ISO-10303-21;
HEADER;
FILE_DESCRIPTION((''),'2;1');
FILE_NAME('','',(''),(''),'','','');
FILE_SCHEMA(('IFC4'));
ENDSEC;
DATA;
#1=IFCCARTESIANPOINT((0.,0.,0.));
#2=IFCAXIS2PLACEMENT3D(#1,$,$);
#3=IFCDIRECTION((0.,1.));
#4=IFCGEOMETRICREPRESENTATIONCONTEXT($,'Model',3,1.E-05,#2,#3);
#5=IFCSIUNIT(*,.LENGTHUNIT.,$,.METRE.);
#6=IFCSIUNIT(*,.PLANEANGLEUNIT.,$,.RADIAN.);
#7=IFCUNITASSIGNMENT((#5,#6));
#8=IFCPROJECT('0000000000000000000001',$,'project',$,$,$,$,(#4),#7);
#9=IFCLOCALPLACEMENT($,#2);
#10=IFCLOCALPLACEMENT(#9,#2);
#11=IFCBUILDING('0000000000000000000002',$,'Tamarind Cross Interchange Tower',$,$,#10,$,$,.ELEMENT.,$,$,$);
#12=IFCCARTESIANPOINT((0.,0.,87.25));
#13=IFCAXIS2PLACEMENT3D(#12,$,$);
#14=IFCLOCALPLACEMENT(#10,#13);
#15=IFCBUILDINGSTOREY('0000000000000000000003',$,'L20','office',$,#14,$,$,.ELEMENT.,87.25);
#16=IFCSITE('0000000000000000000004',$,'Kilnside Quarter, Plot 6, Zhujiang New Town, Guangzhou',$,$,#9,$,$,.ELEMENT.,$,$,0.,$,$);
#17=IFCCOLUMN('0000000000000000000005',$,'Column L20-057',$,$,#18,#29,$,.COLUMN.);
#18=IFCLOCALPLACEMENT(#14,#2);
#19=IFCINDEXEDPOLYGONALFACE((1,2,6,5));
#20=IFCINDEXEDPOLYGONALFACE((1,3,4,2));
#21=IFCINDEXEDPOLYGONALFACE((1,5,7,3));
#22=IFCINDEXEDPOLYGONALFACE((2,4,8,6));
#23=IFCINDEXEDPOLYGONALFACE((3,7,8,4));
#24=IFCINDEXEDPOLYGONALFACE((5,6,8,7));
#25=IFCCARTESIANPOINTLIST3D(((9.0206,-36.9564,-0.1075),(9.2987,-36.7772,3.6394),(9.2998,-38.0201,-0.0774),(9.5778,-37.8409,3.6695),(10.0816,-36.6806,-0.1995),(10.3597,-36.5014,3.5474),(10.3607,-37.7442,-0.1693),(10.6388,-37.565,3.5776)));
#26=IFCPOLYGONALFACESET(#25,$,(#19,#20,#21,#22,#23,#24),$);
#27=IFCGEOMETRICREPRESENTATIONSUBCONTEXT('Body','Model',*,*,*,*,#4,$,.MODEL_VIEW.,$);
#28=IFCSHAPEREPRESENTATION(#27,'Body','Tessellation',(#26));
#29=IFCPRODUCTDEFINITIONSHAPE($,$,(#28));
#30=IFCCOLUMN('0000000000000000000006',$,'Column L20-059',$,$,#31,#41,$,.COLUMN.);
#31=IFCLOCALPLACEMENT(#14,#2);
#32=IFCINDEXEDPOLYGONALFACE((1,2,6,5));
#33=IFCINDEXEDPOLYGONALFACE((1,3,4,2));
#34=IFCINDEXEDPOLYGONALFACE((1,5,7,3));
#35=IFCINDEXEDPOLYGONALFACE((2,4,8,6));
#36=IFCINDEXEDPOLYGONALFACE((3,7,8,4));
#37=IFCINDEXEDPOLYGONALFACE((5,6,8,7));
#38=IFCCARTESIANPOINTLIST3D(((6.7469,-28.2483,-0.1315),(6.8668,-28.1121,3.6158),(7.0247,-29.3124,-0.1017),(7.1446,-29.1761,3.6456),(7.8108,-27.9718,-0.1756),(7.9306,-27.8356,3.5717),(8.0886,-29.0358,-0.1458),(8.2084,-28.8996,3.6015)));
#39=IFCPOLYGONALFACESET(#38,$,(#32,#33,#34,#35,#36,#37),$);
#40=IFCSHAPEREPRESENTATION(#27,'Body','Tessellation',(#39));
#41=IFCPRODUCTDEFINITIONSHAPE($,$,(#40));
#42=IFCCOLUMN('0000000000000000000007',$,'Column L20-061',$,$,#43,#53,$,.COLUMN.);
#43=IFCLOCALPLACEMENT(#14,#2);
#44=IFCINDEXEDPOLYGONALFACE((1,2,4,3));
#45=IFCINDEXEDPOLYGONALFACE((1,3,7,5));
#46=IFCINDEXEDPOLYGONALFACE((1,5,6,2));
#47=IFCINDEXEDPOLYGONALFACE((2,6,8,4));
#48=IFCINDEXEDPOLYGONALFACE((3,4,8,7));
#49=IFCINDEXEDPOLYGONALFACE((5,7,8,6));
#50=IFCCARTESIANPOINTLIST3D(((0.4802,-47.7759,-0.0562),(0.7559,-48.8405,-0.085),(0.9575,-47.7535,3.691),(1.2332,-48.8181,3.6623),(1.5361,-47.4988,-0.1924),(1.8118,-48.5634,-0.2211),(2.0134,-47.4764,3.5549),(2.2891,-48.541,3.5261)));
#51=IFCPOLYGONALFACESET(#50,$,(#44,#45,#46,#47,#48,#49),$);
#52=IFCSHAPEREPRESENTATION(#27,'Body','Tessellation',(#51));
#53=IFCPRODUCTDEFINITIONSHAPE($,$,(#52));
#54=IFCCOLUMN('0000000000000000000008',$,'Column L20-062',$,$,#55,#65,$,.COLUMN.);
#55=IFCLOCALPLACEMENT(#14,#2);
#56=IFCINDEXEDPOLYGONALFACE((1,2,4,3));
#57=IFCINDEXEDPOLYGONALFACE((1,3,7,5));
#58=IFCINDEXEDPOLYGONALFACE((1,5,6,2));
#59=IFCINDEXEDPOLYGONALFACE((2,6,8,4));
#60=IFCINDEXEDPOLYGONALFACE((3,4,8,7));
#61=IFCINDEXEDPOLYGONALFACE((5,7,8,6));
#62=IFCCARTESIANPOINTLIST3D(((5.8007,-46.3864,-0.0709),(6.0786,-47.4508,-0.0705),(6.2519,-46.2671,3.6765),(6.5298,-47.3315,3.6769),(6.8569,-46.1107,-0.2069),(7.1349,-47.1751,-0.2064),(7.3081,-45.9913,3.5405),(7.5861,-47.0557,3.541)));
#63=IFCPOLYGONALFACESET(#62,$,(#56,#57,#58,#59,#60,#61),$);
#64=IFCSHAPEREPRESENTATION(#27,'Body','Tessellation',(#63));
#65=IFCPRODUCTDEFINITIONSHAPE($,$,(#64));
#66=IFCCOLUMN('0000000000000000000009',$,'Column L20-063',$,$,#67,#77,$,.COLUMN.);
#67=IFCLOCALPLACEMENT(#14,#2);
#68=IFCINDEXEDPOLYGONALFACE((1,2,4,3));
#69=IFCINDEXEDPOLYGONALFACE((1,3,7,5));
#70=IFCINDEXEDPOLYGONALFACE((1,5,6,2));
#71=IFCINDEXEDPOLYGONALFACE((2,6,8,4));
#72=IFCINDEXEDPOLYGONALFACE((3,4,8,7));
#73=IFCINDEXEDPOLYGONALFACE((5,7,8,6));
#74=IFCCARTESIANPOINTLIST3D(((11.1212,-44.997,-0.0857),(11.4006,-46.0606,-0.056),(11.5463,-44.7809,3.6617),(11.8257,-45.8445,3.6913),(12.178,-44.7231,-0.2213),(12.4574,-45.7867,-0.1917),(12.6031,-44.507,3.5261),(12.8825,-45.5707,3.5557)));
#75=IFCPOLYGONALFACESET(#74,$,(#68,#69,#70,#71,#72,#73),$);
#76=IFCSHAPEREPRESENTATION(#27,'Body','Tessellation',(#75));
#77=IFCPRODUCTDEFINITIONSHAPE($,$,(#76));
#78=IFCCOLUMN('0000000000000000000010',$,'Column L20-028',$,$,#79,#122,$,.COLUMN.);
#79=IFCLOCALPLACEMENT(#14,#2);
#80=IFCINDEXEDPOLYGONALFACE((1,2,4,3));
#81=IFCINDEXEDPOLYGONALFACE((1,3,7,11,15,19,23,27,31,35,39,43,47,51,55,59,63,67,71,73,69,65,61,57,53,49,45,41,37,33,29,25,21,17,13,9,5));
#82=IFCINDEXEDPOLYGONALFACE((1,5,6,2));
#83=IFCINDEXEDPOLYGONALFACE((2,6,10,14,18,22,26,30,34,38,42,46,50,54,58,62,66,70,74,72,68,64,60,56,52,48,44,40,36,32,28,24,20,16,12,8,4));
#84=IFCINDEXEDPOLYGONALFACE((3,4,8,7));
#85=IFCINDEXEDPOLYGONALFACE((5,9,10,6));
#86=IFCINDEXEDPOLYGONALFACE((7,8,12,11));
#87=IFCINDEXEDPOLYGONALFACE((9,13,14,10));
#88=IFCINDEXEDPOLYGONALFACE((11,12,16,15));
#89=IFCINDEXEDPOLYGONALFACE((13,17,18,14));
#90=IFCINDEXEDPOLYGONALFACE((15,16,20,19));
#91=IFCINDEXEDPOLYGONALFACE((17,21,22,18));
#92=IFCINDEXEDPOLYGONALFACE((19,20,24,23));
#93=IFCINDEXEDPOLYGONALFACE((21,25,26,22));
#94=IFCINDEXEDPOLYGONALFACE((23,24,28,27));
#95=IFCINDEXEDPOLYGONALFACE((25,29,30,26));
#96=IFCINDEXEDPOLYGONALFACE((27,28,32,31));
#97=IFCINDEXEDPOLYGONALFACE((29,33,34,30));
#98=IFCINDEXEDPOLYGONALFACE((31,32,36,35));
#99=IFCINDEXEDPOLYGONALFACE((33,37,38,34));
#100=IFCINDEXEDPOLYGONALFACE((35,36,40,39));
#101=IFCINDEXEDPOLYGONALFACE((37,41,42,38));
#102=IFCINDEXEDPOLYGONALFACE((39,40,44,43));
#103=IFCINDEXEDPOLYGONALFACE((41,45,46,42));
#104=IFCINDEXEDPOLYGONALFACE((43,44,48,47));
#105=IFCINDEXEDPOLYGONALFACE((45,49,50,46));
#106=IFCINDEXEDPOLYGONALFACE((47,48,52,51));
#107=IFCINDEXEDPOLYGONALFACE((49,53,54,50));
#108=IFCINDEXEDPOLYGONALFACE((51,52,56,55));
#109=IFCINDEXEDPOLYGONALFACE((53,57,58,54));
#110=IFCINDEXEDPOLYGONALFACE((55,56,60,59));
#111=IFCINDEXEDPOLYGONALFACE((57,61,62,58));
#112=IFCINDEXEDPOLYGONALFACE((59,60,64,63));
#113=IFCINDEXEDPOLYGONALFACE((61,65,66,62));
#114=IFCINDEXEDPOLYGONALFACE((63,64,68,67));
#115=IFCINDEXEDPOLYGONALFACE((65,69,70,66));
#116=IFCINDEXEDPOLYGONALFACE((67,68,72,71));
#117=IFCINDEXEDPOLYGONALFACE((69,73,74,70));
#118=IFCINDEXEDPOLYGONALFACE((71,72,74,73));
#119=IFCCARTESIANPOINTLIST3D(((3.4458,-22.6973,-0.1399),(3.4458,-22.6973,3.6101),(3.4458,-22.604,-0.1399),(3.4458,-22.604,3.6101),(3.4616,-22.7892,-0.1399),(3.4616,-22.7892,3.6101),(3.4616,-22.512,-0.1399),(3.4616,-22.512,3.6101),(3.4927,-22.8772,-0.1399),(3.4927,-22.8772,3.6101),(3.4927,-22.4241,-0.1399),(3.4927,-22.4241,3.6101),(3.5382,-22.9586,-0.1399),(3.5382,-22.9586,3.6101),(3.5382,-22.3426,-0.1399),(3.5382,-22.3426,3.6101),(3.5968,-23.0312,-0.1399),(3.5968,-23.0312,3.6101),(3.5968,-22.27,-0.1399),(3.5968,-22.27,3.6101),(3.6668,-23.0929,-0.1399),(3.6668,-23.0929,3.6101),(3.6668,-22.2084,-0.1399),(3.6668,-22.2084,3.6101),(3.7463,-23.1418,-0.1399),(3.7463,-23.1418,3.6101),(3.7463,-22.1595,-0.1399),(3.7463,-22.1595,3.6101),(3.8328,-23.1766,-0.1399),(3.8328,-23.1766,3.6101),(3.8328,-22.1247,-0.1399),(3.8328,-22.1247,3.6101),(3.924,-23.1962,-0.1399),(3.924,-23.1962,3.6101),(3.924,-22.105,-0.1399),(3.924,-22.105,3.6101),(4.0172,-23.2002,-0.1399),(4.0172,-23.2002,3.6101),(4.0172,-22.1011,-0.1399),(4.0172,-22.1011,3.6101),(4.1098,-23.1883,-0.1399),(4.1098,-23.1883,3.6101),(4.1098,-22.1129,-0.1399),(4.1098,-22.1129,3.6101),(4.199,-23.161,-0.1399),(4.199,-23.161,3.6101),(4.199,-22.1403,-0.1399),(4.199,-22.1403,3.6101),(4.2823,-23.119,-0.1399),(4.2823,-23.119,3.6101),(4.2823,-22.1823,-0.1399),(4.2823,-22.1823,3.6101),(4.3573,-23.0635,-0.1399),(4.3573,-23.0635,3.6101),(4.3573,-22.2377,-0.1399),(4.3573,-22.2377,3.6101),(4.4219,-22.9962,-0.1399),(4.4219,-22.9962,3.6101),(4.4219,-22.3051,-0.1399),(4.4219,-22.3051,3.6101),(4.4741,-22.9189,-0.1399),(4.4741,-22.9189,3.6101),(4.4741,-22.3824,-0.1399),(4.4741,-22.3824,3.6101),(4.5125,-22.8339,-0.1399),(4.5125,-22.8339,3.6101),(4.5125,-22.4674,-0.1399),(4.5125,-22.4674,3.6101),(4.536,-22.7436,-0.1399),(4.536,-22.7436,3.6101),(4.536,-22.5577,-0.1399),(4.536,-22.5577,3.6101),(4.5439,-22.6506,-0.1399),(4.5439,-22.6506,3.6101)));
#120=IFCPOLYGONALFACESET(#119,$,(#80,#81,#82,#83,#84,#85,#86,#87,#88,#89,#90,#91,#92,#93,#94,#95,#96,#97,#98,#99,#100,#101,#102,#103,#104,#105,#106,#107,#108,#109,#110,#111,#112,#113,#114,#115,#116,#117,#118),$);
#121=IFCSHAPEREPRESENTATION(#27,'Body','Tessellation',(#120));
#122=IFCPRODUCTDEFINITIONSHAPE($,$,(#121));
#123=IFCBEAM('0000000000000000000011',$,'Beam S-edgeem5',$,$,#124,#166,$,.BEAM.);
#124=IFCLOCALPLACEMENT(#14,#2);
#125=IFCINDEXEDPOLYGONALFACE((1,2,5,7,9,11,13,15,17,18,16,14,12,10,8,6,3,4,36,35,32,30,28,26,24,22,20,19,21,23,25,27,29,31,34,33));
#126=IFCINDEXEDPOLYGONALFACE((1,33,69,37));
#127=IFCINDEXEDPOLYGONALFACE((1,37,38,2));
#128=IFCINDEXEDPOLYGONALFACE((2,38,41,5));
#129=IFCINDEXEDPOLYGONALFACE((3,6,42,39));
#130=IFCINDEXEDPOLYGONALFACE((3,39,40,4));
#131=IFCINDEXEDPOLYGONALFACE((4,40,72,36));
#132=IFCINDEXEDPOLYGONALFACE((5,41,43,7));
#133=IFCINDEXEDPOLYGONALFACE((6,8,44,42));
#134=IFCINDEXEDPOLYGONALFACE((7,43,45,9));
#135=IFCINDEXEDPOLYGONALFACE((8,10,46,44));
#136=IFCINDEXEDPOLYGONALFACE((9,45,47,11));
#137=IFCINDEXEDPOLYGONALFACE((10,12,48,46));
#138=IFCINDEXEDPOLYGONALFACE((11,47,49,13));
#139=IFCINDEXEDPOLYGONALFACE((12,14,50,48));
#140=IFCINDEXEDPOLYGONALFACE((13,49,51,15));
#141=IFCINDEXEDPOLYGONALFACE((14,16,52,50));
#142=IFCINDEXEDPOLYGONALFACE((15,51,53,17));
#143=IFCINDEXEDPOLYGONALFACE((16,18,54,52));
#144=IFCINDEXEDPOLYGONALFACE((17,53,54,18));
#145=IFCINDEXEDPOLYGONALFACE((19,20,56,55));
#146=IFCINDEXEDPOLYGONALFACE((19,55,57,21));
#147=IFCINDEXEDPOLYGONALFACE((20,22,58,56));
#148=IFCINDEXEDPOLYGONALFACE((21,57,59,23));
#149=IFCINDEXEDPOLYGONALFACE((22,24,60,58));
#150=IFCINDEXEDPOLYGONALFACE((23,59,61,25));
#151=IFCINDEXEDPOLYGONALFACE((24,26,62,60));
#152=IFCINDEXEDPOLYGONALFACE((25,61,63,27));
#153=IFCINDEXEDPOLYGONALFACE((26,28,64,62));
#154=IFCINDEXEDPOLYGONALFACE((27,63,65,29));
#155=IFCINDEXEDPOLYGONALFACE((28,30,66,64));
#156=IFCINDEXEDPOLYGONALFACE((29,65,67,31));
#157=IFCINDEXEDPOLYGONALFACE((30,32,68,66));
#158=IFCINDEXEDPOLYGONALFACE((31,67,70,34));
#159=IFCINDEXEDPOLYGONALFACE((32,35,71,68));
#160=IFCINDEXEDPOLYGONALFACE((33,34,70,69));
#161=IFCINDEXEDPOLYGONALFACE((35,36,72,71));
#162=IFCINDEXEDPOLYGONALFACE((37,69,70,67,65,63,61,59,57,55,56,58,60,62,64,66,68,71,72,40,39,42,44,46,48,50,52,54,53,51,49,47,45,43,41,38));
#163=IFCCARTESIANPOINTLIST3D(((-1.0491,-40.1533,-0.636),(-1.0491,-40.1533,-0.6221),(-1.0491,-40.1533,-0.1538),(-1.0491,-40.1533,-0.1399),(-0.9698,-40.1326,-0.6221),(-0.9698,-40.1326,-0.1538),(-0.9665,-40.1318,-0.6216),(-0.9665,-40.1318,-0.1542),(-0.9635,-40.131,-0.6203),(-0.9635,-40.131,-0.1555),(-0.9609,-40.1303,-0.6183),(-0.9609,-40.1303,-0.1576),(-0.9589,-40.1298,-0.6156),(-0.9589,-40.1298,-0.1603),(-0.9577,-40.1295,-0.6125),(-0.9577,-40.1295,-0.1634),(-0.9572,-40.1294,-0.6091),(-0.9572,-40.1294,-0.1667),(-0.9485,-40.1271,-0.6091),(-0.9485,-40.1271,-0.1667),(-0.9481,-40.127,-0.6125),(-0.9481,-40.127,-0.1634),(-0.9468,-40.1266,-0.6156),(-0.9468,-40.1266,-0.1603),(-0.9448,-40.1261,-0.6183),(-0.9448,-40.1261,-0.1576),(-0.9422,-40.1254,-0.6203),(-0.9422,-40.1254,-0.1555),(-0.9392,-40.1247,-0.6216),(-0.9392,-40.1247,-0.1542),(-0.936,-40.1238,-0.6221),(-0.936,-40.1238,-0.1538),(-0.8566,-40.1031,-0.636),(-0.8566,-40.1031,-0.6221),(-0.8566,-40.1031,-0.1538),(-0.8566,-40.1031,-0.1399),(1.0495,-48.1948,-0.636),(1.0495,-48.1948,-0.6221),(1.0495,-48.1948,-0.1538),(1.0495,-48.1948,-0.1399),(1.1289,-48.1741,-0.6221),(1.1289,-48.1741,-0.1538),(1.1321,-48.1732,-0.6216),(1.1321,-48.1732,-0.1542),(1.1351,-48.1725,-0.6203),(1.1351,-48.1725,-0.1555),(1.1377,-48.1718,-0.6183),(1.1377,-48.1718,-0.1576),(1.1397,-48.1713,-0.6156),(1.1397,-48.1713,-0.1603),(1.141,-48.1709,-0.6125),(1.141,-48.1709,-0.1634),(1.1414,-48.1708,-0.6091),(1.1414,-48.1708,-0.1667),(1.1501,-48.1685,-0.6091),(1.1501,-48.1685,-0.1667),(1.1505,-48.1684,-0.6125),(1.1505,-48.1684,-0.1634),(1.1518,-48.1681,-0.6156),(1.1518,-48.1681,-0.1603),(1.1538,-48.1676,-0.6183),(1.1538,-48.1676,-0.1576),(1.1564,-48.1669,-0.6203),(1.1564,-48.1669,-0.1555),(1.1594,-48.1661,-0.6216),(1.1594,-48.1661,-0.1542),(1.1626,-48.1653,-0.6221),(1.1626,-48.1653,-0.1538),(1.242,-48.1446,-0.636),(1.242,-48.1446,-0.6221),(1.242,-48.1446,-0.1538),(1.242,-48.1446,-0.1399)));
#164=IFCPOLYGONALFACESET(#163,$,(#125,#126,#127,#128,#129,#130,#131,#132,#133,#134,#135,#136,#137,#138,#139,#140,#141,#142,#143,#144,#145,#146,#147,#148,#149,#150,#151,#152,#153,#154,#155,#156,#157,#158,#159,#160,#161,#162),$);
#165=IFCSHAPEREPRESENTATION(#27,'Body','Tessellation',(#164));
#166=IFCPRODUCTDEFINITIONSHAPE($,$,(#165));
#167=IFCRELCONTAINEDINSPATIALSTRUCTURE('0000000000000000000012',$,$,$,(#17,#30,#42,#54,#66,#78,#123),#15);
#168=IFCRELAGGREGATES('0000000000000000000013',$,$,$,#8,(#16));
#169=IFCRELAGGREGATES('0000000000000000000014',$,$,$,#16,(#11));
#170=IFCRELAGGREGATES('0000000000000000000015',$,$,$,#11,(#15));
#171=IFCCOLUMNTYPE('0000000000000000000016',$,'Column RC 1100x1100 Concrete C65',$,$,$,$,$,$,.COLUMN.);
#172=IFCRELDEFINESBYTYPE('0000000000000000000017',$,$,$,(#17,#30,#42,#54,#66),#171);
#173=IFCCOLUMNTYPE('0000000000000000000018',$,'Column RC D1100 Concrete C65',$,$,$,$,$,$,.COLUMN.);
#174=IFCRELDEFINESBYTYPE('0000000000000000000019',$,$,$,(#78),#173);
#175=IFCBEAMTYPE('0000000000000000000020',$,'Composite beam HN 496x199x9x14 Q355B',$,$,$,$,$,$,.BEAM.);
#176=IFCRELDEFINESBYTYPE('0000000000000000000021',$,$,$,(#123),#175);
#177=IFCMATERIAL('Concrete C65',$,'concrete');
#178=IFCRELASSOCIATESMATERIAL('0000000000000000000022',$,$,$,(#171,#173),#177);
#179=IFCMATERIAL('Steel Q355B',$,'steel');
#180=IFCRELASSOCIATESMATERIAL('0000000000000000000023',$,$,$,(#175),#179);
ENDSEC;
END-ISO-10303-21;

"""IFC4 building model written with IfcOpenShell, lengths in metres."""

from ifc_helpers import new_model, si_unit, direction, frame, origin, origin_2d, place, context, subcontext, project, spatial, rectangle, circle, i_section, extrude, material, material_profile, profile_set, type_object, element, save


model = new_model("IFC4")

# Units and contexts
model_context = context("Model", 3, precision=1e-05, world=origin(), true_north=direction((0.0, 1.0)))
body_context = subcontext(model_context, "Body", "Model", "MODEL_VIEW")
ifc_project = project(units=[si_unit("LENGTHUNIT", "METRE"), si_unit("PLANEANGLEUNIT", "RADIAN")], contexts=[model_context])

# Site, building, storey
site_placement = place(None, origin())
site = spatial("IfcSite", under=ifc_project, at=site_placement, Name="Kilnside Quarter, Plot 6, Zhujiang New Town, Guangzhou", CompositionType="ELEMENT", RefElevation=0.0)
building_placement = place(site_placement, origin())
building = spatial("IfcBuilding", under=site, at=building_placement, Name="Tamarind Cross Interchange Tower", CompositionType="ELEMENT")
storey_placement = place(building_placement, frame((0.0, 0.0, 87.25)))
storey = spatial("IfcBuildingStorey", under=building, at=storey_placement, Name="L20", Description="office", CompositionType="ELEMENT", Elevation=87.25)

# Columns
ifc_material_1 = material(Name="Concrete C65", Category="concrete")
ifc_material_profile_1 = material_profile(ifc_material_1, rectangle(XDim=1.1001, YDim=1.1001, at=origin_2d()), Name="RC 1100x1100")
ifc_profile_set_1 = profile_set([ifc_material_profile_1], Name="Concrete C65")
column_type_1 = type_object("IfcColumnType", Name="Column RC 1100x1100 Concrete C65", PredefinedType="COLUMN", material=ifc_profile_set_1)
column_1_placement = place(storey_placement, frame((9.6907, -37.3503, -0.1384), z_axis=(0.073929, 0.047642, 0.996125), x_axis=(-0.964438, -0.250748, 0.08357)))
element("IfcColumn", 1, at=column_1_placement, inside=storey, type_object=column_type_1, Name="Column L20-057", PredefinedType="COLUMN", context=body_context, shape_type="SweptSolid", body=[
    extrude(rectangle(XDim=1.1001, YDim=1.1001, at=origin_2d()), origin(), (0.0, 0.0, 1.0), 3.7615),
])
column_2_placement = place(storey_placement, frame((7.4177, -28.6421, -0.1387), z_axis=(0.031952, 0.036312, 0.99883), x_axis=(-0.967061, -0.25137, 0.040074)))
element("IfcColumn", 2, at=column_2_placement, inside=storey, type_object=column_type_1, Name="Column L20-059", PredefinedType="COLUMN", context=body_context, shape_type="SweptSolid", body=[
    extrude(rectangle(XDim=1.1001, YDim=1.1001, at=origin_2d()), origin(), (0.0, 0.0, 1.0), 3.7517),
])
column_3_placement = place(storey_placement, frame((1.146, -48.1697, -0.1387), z_axis=(0.126347, 0.005946, 0.991968), x_axis=(-0.2506, 0.967738, 0.026118)))
element("IfcColumn", 3, at=column_3_placement, inside=storey, type_object=column_type_1, Name="Column L20-061", PredefinedType="COLUMN", context=body_context, shape_type="SweptSolid", body=[
    extrude(rectangle(XDim=1.1001, YDim=1.1001, at=origin_2d()), origin(), (0.0, 0.0, 1.0), 3.7776),
])
column_4_placement = place(storey_placement, frame((6.4678, -46.7808, -0.1387), z_axis=(0.119476, 0.031615, 0.992334), x_axis=(-0.96015, -0.250677, 0.123587)))
element("IfcColumn", 4, at=column_4_placement, inside=storey, type_object=column_type_1, Name="Column L20-062", PredefinedType="COLUMN", context=body_context, shape_type="SweptSolid", body=[
    extrude(rectangle(XDim=1.1001, YDim=1.1001, at=origin_2d()), origin(), (0.0, 0.0, 1.0), 3.7764),
])
column_5_placement = place(storey_placement, frame((11.7893, -45.3918, -0.1387), z_axis=(0.11252, 0.057197, 0.992002), x_axis=(-0.960639, -0.24893, 0.123316)))
element("IfcColumn", 5, at=column_5_placement, inside=storey, type_object=column_type_1, Name="Column L20-063", PredefinedType="COLUMN", context=body_context, shape_type="SweptSolid", body=[
    extrude(rectangle(XDim=1.1001, YDim=1.1001, at=origin_2d()), origin(), (0.0, 0.0, 1.0), 3.7776),
])
ifc_material_profile_2 = material_profile(ifc_material_1, circle(Radius=0.55, at=origin_2d()), Name="RC D1100")
ifc_profile_set_2 = profile_set([ifc_material_profile_2], Name="Concrete C65")
column_type_2 = type_object("IfcColumnType", Name="Column RC D1100 Concrete C65", PredefinedType="COLUMN", material=ifc_profile_set_2)
column_6_placement = place(storey_placement, frame((3.9939, -22.6506, -0.1399), z_axis=(0.0, 0.0, 1.0), x_axis=(1.0, 0.0, 0.0)))
element("IfcColumn", 6, at=column_6_placement, inside=storey, type_object=column_type_2, Name="Column L20-028", PredefinedType="COLUMN", context=body_context, shape_type="SweptSolid", body=[
    extrude(circle(Radius=0.55, at=origin_2d()), origin(), (0.0, 0.0, 1.0), 3.75),
])

# Beam
ifc_material_2 = material(Name="Steel Q355B", Category="steel")
ifc_material_profile_3 = material_profile(ifc_material_2, i_section(OverallWidth=0.199, OverallDepth=0.4961, WebThickness=0.009, FlangeThickness=0.0139, FilletRadius=0.0129, at=origin_2d()), Name="HN 496x199x9x14")
ifc_profile_set_3 = profile_set([ifc_material_profile_3], Name="Steel Q355B")
beam_type_1 = type_object("IfcBeamType", Name="Composite beam HN 496x199x9x14 Q355B", PredefinedType="BEAM", material=ifc_profile_set_3)
for number, where, z_axis, x_axis, name in (
    (7, (1.1458, -48.1697, -0.3879), (-0.252518, 0.967592, 0.0), (-0.967592, -0.252518, 0.0), "Beam S-edgeem5"),
):
    element("IfcBeam", number, at=place(storey_placement, frame(where, z_axis=z_axis, x_axis=x_axis)), inside=storey, type_object=beam_type_1, Name=name, PredefinedType="BEAM", context=body_context, shape_type="SweptSolid", body=[
        extrude(i_section(OverallWidth=0.199, OverallDepth=0.4961, WebThickness=0.009, FlangeThickness=0.0139, FilletRadius=0.0129, at=origin_2d()), origin(), (0.0, 0.0, 1.0), 8.3108),
    ])

save(model, "model.ifc")
